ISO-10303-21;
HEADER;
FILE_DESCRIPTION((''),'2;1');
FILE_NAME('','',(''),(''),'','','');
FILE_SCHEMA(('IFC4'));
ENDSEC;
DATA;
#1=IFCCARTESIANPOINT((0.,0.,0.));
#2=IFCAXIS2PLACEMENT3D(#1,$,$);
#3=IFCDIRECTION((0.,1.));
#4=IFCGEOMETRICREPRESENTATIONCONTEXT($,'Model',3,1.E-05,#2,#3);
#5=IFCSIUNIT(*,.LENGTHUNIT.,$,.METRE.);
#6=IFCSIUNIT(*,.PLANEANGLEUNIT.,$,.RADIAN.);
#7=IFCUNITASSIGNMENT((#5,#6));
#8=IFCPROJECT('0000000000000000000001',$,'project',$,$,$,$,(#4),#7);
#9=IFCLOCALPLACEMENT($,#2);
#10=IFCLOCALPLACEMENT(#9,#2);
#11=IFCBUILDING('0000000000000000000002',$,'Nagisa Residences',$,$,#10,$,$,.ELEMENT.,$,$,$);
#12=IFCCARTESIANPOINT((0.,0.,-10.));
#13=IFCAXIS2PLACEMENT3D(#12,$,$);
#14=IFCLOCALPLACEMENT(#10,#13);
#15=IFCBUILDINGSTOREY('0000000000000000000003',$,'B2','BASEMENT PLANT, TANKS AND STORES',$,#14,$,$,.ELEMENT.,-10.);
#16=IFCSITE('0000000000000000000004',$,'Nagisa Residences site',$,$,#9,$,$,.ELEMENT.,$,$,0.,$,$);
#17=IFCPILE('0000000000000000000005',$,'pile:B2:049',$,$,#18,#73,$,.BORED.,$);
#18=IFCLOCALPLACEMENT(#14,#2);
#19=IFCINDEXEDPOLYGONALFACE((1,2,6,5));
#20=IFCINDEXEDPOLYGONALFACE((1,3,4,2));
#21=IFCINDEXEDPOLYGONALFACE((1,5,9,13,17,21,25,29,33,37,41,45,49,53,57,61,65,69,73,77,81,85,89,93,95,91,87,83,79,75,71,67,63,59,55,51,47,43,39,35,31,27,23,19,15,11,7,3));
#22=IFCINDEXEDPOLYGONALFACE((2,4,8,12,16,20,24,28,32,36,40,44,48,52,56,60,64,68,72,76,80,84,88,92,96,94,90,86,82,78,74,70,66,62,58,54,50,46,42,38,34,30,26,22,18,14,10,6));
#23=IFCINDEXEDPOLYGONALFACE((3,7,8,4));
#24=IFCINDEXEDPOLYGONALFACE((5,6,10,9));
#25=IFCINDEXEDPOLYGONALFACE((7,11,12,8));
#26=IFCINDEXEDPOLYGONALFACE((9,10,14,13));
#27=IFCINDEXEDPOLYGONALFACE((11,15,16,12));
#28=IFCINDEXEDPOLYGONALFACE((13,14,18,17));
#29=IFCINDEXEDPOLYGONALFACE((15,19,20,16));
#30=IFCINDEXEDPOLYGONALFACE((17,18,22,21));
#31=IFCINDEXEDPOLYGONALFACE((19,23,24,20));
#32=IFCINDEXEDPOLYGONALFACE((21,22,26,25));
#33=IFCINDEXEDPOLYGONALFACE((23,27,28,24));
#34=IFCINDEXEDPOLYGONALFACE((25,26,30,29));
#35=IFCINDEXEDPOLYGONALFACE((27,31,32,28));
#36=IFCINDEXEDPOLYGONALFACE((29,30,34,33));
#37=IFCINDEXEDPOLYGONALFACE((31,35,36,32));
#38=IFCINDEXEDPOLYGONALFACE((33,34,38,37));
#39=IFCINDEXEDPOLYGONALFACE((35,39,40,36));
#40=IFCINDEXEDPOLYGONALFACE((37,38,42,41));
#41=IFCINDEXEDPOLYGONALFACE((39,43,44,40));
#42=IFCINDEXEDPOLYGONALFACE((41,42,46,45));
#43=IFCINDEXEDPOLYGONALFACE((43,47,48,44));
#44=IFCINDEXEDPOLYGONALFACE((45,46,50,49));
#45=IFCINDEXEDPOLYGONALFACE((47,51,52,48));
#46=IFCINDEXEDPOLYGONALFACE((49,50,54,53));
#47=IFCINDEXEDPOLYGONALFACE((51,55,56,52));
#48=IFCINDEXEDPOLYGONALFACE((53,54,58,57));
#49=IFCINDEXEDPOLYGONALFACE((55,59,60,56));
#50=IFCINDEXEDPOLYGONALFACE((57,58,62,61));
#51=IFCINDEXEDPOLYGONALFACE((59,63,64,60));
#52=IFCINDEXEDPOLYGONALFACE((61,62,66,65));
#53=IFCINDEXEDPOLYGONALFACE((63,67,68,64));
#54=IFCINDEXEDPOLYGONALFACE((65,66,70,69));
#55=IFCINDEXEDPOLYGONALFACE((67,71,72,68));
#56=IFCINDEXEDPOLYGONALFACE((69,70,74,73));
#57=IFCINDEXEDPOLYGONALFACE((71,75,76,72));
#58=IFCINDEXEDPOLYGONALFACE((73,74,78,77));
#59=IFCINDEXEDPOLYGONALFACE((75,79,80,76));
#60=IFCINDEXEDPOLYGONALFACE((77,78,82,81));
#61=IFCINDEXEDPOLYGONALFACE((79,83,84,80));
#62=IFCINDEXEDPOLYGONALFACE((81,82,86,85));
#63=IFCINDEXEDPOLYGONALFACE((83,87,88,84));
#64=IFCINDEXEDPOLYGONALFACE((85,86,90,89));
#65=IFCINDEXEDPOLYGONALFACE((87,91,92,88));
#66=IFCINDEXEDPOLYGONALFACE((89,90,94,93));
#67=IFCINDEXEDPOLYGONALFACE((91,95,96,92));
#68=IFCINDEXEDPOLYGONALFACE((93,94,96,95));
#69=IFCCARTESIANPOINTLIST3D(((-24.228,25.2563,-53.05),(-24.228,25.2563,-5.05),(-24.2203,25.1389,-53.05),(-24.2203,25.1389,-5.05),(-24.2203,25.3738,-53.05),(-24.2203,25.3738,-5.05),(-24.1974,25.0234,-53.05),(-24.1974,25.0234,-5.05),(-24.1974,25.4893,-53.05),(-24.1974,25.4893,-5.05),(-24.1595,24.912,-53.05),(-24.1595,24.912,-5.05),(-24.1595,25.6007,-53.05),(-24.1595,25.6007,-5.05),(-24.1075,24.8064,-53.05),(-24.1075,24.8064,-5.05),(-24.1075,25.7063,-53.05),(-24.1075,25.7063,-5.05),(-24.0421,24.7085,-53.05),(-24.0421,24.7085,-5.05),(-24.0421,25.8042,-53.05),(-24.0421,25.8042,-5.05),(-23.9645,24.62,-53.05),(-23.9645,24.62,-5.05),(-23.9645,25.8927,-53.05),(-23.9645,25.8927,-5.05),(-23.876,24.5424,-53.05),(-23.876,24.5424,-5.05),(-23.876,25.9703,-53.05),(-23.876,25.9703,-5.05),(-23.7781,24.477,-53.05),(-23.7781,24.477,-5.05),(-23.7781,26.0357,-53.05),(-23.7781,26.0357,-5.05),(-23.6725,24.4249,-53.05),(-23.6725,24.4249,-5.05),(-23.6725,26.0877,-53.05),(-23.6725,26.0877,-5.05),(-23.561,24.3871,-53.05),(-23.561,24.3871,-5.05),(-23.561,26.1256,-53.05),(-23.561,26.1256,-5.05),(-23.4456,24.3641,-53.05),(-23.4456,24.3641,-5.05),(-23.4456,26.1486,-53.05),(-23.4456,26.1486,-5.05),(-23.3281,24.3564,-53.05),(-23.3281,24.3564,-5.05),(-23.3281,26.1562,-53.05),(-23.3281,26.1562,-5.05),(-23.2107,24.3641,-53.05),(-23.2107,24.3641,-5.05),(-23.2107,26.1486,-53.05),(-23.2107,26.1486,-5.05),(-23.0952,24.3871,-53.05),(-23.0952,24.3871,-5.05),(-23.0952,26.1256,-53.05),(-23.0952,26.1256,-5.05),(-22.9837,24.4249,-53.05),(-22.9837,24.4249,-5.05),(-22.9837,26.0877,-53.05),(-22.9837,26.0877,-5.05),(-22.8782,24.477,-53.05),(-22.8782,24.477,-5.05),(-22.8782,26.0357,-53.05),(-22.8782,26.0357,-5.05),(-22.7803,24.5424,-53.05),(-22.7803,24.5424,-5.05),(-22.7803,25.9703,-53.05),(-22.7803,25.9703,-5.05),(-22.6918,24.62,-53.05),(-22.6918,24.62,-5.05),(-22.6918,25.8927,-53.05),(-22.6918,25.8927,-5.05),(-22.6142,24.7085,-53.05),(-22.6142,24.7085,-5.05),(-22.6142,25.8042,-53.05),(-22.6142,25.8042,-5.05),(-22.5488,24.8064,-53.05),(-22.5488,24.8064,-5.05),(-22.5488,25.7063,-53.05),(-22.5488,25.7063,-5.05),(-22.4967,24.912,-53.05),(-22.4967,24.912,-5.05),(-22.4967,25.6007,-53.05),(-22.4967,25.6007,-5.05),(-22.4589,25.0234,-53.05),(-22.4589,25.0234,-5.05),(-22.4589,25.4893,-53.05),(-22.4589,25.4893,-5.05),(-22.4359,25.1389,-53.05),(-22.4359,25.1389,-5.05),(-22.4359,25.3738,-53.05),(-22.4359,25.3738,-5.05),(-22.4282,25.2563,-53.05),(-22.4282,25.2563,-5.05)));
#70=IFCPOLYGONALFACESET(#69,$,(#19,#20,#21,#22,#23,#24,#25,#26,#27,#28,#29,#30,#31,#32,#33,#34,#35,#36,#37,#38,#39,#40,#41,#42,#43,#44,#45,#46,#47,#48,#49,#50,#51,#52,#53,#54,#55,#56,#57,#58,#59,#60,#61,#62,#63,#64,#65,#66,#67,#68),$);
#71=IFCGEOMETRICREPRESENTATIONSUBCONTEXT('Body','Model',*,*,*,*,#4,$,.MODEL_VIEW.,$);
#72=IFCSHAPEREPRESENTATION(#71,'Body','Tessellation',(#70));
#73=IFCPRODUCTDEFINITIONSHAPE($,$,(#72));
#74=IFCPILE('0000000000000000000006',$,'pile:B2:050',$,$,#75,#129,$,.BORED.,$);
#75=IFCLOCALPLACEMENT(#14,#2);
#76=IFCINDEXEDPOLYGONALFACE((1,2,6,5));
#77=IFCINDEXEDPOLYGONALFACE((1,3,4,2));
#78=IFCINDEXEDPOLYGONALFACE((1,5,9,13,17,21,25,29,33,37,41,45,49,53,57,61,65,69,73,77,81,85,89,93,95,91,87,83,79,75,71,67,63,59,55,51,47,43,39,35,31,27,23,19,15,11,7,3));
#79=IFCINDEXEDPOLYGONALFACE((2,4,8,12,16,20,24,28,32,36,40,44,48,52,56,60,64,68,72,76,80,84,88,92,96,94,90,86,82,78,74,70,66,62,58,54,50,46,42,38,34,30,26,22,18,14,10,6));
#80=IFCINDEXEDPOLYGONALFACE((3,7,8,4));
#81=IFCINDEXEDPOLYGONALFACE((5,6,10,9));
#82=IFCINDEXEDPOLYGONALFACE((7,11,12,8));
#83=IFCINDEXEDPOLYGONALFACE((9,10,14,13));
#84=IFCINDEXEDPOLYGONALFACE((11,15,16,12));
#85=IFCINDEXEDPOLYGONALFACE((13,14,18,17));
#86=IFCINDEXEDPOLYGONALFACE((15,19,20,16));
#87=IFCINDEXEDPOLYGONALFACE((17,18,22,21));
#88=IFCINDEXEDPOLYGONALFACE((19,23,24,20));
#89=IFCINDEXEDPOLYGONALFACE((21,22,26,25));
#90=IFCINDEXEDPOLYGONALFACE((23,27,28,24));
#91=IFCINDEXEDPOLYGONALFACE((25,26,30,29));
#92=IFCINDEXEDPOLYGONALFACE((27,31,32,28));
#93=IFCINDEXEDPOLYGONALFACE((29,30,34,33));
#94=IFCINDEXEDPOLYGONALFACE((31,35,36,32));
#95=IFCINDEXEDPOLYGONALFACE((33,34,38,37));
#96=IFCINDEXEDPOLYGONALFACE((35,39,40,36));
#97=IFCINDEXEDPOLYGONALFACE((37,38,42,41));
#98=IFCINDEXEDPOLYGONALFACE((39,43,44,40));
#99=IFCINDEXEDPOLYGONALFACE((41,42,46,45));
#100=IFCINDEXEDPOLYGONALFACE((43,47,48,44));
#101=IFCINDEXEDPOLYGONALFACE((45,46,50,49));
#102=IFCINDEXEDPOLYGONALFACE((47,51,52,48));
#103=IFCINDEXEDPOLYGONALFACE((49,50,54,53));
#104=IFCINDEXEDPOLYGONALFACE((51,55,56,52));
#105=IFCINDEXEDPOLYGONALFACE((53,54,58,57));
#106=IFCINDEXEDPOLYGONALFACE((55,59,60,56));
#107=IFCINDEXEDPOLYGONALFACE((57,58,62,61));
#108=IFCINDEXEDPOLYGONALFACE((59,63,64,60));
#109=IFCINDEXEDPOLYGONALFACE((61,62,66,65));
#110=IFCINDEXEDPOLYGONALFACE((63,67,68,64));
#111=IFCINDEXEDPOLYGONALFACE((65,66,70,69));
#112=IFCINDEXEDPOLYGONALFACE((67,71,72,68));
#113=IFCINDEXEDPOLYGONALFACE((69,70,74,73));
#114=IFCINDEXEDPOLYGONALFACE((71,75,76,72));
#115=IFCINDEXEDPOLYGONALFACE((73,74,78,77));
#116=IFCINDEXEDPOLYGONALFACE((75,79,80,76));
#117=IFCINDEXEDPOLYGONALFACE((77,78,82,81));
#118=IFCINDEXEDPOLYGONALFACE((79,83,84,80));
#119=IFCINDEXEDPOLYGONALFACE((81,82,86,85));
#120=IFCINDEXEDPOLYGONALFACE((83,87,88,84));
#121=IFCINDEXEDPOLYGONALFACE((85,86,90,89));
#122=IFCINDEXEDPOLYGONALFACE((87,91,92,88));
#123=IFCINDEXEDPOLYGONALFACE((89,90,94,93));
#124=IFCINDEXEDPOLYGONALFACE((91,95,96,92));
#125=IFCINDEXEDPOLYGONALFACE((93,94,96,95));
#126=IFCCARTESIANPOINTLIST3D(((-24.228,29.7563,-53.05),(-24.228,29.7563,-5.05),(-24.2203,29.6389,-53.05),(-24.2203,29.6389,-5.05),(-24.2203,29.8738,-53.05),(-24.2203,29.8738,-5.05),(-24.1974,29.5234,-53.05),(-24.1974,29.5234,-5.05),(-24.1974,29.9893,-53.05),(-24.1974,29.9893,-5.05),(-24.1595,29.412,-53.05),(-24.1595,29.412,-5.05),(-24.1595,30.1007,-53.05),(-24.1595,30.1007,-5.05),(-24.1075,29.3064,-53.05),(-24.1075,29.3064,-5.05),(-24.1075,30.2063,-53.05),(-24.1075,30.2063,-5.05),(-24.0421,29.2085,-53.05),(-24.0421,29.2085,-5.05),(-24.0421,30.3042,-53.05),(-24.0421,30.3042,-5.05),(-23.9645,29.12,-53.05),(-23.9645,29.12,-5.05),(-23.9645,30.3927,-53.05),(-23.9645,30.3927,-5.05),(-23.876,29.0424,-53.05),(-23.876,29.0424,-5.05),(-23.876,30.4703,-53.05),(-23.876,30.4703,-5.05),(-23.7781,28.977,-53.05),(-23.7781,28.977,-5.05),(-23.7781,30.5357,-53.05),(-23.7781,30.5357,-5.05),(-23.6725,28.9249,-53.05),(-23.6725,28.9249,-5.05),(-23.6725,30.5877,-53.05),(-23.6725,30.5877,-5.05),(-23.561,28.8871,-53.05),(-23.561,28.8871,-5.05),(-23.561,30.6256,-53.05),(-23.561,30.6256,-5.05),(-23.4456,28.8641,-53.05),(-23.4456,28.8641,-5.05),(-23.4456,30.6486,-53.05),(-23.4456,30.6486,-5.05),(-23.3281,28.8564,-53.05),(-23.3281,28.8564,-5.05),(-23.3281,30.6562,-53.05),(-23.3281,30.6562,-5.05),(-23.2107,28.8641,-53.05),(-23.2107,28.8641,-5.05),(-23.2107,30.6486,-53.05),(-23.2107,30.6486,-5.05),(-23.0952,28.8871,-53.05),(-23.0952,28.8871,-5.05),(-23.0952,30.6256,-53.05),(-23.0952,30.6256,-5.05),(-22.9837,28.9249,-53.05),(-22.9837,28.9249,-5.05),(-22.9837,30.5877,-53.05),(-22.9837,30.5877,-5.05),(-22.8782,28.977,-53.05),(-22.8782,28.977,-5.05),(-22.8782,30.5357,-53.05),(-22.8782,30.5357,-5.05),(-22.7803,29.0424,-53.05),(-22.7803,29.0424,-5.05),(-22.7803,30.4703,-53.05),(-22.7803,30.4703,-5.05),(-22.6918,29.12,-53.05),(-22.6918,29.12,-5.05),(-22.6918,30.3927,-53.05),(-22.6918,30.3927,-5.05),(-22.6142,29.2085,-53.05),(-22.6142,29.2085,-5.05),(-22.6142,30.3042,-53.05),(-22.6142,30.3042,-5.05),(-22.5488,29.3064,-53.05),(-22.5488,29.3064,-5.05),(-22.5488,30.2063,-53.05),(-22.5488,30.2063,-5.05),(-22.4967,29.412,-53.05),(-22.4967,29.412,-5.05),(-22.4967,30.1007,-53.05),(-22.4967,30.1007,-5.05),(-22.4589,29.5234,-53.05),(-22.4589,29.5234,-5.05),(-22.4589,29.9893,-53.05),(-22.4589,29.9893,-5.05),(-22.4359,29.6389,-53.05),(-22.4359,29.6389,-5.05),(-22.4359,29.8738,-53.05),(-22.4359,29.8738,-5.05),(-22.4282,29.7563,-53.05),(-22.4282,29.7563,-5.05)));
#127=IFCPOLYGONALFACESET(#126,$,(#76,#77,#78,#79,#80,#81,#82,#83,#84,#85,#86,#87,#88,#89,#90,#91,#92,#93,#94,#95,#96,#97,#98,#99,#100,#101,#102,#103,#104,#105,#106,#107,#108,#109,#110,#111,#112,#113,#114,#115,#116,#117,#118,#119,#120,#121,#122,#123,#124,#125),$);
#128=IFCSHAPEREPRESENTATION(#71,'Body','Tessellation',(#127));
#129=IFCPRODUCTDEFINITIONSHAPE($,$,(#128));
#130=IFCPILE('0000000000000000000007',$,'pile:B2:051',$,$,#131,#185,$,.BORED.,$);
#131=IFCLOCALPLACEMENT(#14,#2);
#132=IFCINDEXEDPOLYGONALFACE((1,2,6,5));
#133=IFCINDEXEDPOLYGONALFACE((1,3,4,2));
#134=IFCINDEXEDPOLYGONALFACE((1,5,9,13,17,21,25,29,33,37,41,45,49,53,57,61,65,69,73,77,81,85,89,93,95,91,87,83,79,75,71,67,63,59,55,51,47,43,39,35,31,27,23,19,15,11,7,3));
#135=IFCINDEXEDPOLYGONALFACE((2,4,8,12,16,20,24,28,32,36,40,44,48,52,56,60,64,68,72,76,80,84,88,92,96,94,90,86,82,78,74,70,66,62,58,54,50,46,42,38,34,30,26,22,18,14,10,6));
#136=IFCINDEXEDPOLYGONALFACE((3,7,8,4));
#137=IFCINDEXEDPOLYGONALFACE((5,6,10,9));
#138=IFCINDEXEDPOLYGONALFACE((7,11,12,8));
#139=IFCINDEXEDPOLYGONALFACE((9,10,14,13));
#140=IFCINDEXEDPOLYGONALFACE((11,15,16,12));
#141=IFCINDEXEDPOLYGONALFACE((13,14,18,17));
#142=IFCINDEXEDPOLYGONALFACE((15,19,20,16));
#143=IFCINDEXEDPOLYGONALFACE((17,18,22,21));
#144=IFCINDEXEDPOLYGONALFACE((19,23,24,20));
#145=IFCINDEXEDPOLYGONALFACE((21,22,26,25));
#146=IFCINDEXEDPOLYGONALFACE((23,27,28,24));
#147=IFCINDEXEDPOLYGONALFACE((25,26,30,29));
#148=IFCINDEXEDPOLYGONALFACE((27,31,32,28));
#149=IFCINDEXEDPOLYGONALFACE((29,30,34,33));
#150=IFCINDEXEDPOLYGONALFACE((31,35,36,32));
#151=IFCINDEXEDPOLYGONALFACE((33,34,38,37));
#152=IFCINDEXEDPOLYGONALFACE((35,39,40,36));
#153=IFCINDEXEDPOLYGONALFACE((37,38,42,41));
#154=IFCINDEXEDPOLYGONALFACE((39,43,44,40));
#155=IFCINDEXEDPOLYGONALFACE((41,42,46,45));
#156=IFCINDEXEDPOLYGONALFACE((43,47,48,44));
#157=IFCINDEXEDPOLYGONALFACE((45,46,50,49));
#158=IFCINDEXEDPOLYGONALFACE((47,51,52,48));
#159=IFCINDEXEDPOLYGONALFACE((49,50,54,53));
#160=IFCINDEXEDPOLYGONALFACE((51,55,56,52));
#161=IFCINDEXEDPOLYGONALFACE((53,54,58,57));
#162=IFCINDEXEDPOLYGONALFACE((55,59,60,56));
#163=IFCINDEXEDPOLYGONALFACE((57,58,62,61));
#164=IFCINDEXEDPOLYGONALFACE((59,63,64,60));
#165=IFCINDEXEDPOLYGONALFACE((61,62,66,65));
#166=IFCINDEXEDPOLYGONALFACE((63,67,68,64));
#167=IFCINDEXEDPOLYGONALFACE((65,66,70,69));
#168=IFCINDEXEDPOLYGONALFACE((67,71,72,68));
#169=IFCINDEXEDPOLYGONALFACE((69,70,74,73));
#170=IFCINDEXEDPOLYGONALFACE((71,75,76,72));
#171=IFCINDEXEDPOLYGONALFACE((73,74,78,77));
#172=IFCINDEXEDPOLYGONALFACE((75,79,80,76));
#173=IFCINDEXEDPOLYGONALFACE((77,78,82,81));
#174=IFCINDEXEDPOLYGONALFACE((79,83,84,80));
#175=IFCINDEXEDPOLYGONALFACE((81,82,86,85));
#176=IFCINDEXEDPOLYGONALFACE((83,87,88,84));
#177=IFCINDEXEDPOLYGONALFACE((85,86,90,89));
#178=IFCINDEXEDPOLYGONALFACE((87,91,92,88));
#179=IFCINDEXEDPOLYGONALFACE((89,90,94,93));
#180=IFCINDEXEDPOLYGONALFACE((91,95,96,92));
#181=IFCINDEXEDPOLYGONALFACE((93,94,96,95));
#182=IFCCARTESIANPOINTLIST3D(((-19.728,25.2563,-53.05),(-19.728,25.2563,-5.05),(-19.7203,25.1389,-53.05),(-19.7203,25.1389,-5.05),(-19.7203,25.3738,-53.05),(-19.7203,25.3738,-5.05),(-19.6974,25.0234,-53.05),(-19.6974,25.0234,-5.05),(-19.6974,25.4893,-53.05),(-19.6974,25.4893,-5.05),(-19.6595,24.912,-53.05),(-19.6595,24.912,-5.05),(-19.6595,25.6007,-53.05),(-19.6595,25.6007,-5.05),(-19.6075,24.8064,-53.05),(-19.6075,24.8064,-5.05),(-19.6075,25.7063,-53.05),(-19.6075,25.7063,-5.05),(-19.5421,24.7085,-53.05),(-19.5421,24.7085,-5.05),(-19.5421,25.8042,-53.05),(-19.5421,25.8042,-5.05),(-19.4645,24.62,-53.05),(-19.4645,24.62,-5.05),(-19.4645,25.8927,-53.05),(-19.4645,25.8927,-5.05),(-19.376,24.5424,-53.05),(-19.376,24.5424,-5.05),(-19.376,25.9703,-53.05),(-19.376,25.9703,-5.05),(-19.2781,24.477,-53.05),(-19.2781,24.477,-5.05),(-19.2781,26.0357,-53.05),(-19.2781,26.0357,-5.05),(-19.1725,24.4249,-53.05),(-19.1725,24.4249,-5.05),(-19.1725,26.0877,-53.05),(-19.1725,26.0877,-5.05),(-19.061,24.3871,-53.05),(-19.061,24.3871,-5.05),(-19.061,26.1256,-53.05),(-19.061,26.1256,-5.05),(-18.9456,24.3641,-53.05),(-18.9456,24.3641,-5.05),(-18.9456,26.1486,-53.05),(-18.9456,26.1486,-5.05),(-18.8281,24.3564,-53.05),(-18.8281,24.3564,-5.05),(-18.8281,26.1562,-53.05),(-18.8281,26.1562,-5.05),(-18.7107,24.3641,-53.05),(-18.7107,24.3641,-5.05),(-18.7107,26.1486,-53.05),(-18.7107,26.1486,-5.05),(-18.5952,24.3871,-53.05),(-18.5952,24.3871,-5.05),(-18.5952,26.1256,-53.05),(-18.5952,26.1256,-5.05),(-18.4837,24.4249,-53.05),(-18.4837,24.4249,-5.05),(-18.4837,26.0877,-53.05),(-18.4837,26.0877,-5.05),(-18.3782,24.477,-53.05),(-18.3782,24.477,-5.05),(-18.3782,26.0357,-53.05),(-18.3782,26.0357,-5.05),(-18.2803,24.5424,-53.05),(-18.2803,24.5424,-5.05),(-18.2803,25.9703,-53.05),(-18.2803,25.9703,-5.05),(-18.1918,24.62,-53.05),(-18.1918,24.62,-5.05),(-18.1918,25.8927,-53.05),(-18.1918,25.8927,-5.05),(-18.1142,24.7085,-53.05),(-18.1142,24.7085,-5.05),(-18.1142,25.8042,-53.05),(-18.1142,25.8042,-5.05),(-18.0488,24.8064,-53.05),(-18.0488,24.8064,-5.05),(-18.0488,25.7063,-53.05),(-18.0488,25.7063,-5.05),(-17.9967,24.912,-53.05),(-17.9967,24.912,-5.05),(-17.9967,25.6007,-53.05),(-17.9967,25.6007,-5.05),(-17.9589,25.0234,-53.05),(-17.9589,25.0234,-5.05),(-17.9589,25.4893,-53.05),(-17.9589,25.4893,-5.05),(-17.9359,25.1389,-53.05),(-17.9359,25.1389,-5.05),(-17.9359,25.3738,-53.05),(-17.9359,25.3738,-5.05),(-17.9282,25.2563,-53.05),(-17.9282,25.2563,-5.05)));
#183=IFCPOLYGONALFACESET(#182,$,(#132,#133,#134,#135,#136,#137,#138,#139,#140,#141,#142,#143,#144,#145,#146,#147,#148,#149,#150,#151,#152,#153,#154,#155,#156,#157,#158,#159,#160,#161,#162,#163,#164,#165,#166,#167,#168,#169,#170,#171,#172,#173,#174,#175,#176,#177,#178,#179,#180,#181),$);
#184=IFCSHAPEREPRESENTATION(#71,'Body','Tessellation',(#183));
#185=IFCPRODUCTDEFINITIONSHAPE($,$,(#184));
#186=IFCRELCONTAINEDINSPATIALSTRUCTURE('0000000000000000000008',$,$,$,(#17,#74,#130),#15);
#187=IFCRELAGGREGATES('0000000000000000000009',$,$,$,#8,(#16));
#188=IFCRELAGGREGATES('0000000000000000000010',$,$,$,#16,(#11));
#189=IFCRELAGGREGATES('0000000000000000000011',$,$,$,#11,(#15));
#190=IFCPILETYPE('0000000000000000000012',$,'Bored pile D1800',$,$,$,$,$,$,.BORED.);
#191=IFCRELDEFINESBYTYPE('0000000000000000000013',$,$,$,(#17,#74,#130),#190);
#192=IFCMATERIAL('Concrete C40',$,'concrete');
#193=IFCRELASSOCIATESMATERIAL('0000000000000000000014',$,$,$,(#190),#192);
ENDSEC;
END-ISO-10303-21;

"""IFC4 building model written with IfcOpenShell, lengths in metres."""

from ifc_helpers import new_model, si_unit, direction, frame, origin, origin_2d, place, context, subcontext, project, spatial, circle, extrude, material, material_profile, profile_set, type_object, element, save


model = new_model("IFC4")

# Units and contexts
model_context = context("Model", 3, precision=1e-05, world=origin(), true_north=direction((0.0, 1.0)))
body_context = subcontext(model_context, "Body", "Model", "MODEL_VIEW")
ifc_project = project(units=[si_unit("LENGTHUNIT", "METRE"), si_unit("PLANEANGLEUNIT", "RADIAN")], contexts=[model_context])

# Site, building, storey
site_placement = place(None, origin())
site = spatial("IfcSite", under=ifc_project, at=site_placement, Name="Nagisa Residences site", CompositionType="ELEMENT", RefElevation=0.0)
building_placement = place(site_placement, origin())
building = spatial("IfcBuilding", under=site, at=building_placement, Name="Nagisa Residences", CompositionType="ELEMENT")
storey_placement = place(building_placement, frame((0.0, 0.0, -10.0)))
storey = spatial("IfcBuildingStorey", under=building, at=storey_placement, Name="B2", Description="BASEMENT PLANT, TANKS AND STORES", CompositionType="ELEMENT", Elevation=-10.0)

# Piles
ifc_material_1 = material(Name="Concrete C40", Category="concrete")
ifc_material_profile_1 = material_profile(ifc_material_1, circle(Radius=0.8999, at=origin_2d()), Name="Bored pile D1800")
ifc_profile_set_1 = profile_set([ifc_material_profile_1], Name="Concrete C40")
pile_type = type_object("IfcPileType", Name="Bored pile D1800", PredefinedType="BORED", material=ifc_profile_set_1)
for number, where, z_axis, x_axis, name in (
    (1, (-23.3281, 25.2563, -5.05), (0.0, 0.0, -1.0), (1.0, 0.0, 0.0), "pile:B2:049"),
    (2, (-23.3281, 29.7563, -5.05), (0.0, 0.0, -1.0), (1.0, 0.0, 0.0), "pile:B2:050"),
    (3, (-18.8281, 25.2563, -5.05), (0.0, 0.0, -1.0), (1.0, 0.0, 0.0), "pile:B2:051"),
):
    element("IfcPile", number, at=place(storey_placement, frame(where, z_axis=z_axis, x_axis=x_axis)), inside=storey, type_object=pile_type, Name=name, PredefinedType="BORED", context=body_context, shape_type="SweptSolid", body=[
        extrude(circle(Radius=0.8999, at=origin_2d()), origin(), (0.0, 0.0, 1.0), 48.0),
    ])

save(model, "model.ifc")
